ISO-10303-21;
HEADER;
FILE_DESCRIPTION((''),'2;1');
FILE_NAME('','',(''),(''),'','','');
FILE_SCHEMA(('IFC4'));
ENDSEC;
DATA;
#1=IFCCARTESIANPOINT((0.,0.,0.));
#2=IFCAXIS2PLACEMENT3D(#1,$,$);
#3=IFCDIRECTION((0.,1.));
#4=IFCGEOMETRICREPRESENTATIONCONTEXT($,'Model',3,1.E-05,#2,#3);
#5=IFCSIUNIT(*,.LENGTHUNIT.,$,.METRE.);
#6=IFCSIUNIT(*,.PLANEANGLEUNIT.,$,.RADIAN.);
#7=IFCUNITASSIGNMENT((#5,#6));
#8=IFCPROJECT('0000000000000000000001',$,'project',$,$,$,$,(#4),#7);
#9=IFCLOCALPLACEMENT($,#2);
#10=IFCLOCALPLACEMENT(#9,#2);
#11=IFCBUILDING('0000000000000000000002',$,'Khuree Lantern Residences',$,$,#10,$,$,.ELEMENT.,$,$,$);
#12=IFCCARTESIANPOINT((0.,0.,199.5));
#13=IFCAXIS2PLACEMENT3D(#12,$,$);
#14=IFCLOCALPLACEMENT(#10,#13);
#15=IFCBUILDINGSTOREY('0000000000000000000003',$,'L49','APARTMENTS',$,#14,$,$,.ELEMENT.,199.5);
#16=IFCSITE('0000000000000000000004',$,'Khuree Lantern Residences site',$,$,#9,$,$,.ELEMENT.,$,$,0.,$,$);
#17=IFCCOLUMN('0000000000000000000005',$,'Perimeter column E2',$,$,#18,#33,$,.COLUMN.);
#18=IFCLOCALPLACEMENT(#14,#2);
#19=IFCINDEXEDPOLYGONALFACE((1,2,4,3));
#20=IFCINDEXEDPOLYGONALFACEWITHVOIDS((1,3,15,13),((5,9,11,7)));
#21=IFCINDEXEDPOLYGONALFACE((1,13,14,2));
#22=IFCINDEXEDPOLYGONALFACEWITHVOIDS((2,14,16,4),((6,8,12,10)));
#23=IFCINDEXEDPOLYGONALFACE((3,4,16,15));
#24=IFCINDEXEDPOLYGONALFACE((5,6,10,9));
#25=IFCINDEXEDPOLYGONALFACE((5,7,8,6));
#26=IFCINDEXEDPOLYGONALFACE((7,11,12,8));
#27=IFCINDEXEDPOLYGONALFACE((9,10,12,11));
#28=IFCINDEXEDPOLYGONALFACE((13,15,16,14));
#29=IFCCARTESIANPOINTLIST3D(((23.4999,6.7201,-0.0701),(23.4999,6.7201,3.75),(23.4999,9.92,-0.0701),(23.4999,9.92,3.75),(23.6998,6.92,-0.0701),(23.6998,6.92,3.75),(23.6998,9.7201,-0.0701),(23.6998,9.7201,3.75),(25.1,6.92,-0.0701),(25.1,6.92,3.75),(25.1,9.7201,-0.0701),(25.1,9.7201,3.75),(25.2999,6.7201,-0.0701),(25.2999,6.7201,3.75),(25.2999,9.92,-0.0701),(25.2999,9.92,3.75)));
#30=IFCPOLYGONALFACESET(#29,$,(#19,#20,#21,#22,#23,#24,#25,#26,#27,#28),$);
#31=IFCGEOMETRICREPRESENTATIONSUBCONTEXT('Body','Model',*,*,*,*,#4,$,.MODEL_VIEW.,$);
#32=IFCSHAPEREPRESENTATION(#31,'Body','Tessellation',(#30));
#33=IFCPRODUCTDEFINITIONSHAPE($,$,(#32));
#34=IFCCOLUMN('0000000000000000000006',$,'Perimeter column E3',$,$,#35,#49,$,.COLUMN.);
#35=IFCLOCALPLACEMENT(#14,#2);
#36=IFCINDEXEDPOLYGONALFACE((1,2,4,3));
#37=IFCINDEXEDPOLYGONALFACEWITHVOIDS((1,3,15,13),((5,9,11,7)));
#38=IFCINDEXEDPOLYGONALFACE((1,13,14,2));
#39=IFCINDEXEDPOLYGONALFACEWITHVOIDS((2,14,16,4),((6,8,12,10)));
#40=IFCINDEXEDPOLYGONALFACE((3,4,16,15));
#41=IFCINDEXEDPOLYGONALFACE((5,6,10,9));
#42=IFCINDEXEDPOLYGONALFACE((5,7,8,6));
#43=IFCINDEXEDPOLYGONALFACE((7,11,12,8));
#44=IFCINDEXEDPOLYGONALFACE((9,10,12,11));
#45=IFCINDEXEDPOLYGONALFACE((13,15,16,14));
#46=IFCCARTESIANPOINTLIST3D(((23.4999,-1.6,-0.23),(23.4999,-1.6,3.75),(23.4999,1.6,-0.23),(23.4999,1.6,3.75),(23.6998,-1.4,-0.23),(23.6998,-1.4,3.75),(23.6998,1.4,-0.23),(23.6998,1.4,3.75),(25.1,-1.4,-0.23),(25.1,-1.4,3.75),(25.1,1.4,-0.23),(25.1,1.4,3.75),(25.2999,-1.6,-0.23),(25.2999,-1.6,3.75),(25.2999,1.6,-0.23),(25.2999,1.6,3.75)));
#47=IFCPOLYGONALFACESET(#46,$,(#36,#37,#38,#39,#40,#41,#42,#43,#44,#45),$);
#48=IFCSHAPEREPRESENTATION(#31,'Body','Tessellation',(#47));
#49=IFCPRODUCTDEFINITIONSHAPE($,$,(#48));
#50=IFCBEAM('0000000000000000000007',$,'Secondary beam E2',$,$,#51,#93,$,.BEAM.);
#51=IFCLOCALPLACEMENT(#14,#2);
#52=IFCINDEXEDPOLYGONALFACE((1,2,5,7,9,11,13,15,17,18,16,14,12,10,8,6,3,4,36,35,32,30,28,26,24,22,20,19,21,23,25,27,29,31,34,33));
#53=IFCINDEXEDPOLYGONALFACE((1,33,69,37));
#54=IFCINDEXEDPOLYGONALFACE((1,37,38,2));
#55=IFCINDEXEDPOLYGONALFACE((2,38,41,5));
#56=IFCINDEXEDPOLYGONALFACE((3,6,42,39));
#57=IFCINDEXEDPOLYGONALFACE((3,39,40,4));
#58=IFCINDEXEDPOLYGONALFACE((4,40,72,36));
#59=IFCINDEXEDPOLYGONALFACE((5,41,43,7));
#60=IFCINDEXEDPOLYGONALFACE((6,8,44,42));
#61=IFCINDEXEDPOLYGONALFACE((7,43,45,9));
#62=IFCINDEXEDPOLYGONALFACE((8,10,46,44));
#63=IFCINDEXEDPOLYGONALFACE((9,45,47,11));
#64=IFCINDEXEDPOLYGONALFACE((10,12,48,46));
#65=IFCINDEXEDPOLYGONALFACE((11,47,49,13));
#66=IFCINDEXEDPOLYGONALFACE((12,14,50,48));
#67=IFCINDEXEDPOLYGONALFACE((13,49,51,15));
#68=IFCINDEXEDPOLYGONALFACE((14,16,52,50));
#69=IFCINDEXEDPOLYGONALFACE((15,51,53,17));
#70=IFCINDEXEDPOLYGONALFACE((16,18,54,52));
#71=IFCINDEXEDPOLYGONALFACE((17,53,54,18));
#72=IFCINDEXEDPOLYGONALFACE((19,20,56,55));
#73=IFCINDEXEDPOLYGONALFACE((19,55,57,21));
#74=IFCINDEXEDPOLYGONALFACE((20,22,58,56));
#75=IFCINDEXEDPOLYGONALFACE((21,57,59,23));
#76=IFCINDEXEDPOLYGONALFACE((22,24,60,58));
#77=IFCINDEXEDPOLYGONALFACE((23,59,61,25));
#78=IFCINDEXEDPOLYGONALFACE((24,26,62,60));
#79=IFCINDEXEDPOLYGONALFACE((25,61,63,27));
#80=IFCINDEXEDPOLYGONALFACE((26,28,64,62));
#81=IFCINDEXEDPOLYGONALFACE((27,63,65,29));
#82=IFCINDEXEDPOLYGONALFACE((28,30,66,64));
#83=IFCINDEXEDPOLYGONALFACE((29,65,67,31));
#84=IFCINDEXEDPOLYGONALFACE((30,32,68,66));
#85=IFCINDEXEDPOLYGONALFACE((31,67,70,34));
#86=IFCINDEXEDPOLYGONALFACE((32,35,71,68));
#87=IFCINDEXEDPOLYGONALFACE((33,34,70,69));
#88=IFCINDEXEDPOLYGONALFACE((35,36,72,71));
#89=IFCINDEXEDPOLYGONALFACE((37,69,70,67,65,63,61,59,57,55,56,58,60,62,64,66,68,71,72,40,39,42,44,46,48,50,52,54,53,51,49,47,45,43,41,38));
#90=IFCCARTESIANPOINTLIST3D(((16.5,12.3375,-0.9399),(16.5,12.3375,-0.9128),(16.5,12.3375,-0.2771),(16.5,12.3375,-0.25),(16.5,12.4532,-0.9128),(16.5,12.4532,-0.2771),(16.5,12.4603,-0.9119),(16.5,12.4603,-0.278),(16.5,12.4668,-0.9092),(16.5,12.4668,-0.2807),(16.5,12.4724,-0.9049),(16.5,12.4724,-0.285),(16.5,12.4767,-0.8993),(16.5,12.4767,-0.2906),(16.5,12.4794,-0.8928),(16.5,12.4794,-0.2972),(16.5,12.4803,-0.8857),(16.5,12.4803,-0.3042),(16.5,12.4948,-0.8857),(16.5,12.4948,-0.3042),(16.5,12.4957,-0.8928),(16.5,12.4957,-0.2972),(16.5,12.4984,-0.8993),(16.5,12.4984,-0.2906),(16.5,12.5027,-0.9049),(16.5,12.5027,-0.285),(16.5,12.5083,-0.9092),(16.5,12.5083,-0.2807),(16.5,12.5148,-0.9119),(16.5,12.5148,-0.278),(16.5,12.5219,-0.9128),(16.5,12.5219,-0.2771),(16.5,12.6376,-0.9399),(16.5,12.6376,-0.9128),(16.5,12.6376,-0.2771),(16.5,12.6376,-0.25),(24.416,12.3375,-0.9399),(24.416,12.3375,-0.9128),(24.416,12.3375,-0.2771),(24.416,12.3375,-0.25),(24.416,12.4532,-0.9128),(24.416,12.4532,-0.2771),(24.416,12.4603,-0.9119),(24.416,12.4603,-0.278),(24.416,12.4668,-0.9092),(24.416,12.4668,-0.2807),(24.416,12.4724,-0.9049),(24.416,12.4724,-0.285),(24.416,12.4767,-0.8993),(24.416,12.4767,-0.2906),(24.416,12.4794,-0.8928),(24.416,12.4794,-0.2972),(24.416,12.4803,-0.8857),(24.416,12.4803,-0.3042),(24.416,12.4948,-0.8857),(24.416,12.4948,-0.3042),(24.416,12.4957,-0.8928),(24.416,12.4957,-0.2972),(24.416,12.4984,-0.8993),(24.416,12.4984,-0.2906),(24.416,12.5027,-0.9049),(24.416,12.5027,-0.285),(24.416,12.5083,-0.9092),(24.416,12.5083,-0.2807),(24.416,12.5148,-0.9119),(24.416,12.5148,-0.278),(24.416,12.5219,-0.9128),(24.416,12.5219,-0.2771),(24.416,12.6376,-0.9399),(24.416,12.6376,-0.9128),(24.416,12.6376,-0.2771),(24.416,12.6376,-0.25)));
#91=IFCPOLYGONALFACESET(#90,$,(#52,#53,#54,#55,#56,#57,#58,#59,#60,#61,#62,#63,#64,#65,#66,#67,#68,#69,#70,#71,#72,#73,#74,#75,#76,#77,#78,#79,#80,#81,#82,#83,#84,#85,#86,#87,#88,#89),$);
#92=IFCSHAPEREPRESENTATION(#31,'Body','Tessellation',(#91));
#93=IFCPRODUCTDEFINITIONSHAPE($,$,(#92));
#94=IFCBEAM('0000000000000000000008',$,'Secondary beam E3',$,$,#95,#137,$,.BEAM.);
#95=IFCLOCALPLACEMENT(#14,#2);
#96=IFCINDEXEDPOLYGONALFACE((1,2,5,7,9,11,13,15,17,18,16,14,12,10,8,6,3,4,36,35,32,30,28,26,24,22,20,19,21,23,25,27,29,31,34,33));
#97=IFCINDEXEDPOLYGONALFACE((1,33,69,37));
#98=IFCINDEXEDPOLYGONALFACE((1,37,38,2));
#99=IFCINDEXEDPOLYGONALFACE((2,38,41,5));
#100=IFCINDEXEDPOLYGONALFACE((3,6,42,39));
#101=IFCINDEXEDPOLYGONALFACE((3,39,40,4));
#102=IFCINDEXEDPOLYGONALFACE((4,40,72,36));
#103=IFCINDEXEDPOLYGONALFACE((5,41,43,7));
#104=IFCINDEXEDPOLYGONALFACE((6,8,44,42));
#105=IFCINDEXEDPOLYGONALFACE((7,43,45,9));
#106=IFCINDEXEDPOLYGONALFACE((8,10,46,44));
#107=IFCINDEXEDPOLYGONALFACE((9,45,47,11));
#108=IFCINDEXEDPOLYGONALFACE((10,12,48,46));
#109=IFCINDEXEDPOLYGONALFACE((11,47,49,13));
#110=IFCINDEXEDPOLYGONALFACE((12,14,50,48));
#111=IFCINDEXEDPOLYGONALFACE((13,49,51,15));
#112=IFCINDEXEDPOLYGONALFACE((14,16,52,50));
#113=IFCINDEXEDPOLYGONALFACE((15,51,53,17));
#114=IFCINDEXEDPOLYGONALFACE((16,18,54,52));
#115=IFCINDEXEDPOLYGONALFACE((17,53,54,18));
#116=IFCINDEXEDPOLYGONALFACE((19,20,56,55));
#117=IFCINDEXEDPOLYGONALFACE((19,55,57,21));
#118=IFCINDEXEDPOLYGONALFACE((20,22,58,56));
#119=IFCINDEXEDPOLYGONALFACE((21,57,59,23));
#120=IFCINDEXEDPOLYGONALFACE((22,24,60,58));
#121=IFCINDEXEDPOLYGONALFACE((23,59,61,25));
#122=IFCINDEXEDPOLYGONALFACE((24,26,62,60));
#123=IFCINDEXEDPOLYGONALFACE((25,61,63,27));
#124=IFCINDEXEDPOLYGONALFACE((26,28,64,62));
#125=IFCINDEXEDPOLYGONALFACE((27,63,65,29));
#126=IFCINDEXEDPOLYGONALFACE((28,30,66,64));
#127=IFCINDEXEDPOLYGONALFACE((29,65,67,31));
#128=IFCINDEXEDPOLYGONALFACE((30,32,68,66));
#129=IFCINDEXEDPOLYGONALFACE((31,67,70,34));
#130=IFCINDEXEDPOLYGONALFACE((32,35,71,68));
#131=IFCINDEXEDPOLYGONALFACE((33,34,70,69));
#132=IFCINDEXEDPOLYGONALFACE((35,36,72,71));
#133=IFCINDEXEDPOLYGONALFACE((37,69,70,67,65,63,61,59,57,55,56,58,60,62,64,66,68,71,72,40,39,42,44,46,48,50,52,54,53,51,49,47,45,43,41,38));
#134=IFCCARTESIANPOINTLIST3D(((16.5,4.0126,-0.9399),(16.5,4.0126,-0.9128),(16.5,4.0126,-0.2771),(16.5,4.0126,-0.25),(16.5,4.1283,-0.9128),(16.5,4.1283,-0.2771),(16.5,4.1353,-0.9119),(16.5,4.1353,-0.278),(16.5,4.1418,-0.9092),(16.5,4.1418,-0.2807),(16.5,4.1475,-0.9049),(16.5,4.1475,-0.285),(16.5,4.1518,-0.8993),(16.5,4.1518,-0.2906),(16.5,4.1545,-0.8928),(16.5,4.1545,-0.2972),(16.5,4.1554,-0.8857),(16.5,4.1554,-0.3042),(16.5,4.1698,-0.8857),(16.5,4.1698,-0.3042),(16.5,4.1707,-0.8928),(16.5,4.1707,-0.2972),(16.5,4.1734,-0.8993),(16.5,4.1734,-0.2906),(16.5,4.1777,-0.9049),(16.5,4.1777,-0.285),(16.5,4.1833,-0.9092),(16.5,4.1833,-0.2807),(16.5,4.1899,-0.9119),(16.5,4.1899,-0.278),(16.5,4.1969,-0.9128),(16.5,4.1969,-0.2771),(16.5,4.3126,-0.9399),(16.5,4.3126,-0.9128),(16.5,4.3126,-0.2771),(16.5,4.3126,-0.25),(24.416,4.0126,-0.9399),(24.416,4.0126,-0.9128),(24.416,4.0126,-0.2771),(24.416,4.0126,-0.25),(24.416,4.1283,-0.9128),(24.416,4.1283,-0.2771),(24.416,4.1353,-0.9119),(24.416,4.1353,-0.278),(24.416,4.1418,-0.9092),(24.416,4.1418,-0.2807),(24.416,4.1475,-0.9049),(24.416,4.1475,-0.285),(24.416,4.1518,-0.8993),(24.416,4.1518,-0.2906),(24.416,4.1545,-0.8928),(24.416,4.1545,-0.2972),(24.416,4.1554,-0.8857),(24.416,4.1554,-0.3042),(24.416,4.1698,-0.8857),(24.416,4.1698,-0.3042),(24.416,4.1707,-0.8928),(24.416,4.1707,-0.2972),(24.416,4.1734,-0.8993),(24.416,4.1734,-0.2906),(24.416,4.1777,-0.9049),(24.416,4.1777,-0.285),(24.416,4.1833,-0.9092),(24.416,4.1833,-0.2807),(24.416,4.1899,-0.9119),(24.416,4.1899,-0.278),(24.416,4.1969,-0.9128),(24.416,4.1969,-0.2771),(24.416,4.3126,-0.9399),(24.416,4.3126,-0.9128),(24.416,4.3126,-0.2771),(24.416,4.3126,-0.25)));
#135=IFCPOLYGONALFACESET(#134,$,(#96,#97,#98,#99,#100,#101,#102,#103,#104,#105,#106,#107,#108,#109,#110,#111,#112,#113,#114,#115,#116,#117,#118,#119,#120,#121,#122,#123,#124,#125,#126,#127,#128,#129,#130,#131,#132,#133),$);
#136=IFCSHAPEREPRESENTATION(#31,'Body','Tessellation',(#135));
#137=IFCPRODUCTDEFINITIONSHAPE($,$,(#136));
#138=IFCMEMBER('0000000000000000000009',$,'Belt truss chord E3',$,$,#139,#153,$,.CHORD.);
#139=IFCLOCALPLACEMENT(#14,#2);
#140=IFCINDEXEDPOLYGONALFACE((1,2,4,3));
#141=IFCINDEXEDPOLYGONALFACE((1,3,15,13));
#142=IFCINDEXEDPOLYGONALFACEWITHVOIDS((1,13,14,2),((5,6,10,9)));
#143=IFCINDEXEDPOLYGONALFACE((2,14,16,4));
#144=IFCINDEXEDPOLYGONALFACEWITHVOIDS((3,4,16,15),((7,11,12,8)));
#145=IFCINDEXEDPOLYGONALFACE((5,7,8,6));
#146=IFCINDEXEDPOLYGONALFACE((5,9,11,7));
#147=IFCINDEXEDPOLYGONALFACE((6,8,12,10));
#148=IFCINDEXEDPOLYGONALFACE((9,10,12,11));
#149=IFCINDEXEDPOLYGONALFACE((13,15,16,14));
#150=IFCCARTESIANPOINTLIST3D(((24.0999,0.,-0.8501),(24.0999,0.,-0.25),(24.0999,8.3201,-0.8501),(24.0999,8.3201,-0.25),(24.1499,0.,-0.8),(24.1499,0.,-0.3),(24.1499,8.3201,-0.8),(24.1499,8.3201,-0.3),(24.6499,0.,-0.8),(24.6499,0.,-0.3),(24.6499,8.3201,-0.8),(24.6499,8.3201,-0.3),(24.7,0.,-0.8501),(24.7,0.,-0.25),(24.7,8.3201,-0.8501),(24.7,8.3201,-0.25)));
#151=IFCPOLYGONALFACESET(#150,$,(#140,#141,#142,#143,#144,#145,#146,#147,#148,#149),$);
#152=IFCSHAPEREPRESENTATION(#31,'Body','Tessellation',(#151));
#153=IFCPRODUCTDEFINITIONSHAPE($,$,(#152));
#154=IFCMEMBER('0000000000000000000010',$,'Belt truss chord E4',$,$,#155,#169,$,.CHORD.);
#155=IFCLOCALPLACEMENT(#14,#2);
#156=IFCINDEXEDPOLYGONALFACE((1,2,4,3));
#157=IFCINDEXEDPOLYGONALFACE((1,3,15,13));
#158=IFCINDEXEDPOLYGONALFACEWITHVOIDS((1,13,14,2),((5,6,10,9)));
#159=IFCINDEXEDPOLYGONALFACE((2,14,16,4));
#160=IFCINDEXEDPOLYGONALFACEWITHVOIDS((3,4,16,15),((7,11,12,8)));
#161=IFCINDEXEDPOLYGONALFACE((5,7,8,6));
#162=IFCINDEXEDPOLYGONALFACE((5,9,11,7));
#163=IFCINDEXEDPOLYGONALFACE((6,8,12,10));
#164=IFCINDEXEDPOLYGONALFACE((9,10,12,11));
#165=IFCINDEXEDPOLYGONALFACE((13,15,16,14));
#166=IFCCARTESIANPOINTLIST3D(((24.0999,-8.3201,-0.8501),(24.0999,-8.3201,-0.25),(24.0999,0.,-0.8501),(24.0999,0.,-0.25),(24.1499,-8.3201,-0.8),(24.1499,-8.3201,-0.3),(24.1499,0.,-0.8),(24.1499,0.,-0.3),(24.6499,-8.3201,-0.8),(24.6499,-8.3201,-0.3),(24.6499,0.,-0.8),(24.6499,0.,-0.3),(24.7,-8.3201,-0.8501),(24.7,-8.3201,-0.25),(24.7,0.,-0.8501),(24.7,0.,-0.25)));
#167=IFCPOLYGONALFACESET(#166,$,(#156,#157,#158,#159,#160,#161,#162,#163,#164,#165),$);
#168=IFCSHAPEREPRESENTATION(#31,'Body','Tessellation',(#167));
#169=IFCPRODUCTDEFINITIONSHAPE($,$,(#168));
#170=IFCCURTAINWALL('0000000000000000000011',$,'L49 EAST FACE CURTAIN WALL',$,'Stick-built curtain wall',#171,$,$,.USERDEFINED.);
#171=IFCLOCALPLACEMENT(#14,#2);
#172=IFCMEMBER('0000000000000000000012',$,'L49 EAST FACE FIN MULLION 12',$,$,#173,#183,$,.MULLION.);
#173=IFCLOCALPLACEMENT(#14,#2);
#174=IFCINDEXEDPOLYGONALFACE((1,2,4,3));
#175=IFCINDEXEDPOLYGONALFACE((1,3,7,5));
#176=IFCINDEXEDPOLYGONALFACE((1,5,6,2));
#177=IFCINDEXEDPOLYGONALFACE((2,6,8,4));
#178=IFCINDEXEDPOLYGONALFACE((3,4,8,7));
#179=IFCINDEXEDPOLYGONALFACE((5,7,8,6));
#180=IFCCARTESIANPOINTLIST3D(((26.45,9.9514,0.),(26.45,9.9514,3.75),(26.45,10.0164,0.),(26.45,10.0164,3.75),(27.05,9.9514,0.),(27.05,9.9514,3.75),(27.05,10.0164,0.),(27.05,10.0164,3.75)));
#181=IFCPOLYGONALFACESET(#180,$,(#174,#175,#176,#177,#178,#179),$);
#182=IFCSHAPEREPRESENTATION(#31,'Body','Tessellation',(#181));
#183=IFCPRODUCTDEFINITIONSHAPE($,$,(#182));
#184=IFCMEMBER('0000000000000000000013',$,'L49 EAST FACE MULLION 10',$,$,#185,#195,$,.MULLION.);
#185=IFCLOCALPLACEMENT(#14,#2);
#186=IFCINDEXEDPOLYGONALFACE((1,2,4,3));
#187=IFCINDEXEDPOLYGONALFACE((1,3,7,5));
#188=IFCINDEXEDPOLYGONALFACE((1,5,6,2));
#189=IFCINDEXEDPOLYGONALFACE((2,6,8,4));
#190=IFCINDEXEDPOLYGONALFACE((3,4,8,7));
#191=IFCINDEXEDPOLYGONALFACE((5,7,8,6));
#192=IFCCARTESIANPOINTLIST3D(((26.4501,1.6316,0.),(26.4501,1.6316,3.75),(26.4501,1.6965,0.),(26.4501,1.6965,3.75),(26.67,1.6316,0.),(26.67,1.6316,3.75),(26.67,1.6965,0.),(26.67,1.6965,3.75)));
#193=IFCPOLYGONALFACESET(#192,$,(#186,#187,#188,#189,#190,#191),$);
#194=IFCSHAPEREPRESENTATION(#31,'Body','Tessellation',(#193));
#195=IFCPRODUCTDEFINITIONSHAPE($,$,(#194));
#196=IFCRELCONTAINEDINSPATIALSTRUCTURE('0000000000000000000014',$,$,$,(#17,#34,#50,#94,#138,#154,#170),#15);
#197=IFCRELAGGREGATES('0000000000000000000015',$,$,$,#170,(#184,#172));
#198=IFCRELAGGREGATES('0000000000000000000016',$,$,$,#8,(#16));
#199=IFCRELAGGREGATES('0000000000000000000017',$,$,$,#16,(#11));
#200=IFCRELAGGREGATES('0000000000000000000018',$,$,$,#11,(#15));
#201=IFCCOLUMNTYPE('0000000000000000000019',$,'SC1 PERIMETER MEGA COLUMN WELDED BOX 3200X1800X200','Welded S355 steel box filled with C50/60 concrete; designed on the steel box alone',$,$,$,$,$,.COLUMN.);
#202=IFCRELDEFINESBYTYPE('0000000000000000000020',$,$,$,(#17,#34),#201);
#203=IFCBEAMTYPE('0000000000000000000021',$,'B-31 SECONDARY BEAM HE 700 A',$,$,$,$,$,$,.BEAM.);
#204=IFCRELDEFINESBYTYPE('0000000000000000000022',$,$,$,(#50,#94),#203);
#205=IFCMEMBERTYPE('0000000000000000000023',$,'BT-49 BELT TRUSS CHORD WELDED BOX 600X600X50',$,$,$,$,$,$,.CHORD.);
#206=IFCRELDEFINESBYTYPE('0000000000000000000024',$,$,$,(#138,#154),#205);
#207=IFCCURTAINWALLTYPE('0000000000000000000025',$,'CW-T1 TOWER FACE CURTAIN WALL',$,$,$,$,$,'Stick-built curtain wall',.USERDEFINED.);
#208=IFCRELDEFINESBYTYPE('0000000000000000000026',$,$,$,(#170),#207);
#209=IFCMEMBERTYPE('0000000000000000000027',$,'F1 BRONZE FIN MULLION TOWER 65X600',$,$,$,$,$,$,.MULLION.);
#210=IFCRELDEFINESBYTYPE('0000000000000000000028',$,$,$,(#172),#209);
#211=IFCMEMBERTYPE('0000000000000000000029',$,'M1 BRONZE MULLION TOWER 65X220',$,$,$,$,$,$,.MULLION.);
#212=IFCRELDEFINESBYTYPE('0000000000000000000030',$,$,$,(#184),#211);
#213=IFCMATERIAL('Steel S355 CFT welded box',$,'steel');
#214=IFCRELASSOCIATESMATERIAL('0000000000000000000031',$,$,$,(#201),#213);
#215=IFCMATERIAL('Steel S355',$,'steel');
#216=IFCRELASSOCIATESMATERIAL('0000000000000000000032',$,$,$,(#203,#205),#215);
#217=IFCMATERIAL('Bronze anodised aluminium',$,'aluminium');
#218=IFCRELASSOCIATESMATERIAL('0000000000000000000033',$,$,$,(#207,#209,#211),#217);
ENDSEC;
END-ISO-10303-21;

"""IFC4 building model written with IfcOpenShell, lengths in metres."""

from ifc_helpers import new_model, si_unit, direction, frame, origin, origin_2d, place, context, subcontext, project, spatial, rectangle, hollow_rectangle, i_section, extrude, material, material_profile, profile_set, type_object, element, aggregate, save


model = new_model("IFC4")

# Units and contexts
model_context = context("Model", 3, precision=1e-05, world=origin(), true_north=direction((0.0, 1.0)))
body_context = subcontext(model_context, "Body", "Model", "MODEL_VIEW")
ifc_project = project(units=[si_unit("LENGTHUNIT", "METRE"), si_unit("PLANEANGLEUNIT", "RADIAN")], contexts=[model_context])

# Site, building, storey
site_placement = place(None, origin())
site = spatial("IfcSite", under=ifc_project, at=site_placement, Name="Khuree Lantern Residences site", CompositionType="ELEMENT", RefElevation=0.0)
building_placement = place(site_placement, origin())
building = spatial("IfcBuilding", under=site, at=building_placement, Name="Khuree Lantern Residences", CompositionType="ELEMENT")
storey_placement = place(building_placement, frame((0.0, 0.0, 199.5)))
storey = spatial("IfcBuildingStorey", under=building, at=storey_placement, Name="L49", Description="APARTMENTS", CompositionType="ELEMENT", Elevation=199.5)

# Columns
ifc_material_1 = material(Name="Steel S355 CFT welded box", Category="steel")
ifc_material_profile_1 = material_profile(ifc_material_1, hollow_rectangle(XDim=3.2, YDim=1.8, WallThickness=0.2, at=origin_2d()), Name="WELDED BOX 3200X1800X200")
ifc_profile_set_1 = profile_set([ifc_material_profile_1], Name="Steel S355 CFT welded box")
column_type = type_object("IfcColumnType", Name="SC1 PERIMETER MEGA COLUMN WELDED BOX 3200X1800X200", Description="Welded S355 steel box filled with C50/60 concrete; designed on the steel box alone", PredefinedType="COLUMN", material=ifc_profile_set_1)
column_1_placement = place(storey_placement, frame((24.3999, 8.3201, -0.0701), z_axis=(0.0, 0.0, 1.0), x_axis=(0.0, 1.0, 0.0)))
element("IfcColumn", 1, at=column_1_placement, inside=storey, type_object=column_type, Name="Perimeter column E2", PredefinedType="COLUMN", context=body_context, shape_type="SweptSolid", body=[
    extrude(hollow_rectangle(XDim=3.2, YDim=1.8, WallThickness=0.2, at=origin_2d()), origin(), (0.0, 0.0, 1.0), 3.8201),
])
column_2_placement = place(storey_placement, frame((24.3999, 0.0, -0.23), z_axis=(0.0, 0.0, 1.0), x_axis=(0.0, 1.0, 0.0)))
element("IfcColumn", 2, at=column_2_placement, inside=storey, type_object=column_type, Name="Perimeter column E3", PredefinedType="COLUMN", context=body_context, shape_type="SweptSolid", body=[
    extrude(hollow_rectangle(XDim=3.2, YDim=1.8, WallThickness=0.2, at=origin_2d()), origin(), (0.0, 0.0, 1.0), 3.98),
])

# Beams
ifc_material_2 = material(Name="Steel S355", Category="steel")
ifc_material_profile_2 = material_profile(ifc_material_2, i_section(OverallWidth=0.3, OverallDepth=0.6899, WebThickness=0.0144, FlangeThickness=0.0271, FilletRadius=0.0271, at=origin_2d()), Name="HE 700 A")
ifc_profile_set_2 = profile_set([ifc_material_profile_2], Name="Steel S355")
beam_type_1 = type_object("IfcBeamType", Name="B-31 SECONDARY BEAM HE 700 A", PredefinedType="BEAM", material=ifc_profile_set_2)
for number, where, z_axis, x_axis, name in (
    (3, (24.416, 12.4875, -0.595), (-1.0, 0.0, 0.0), (0.0, -1.0, 0.0), "Secondary beam E2"),
    (4, (24.416, 4.1626, -0.595), (-1.0, 0.0, 0.0), (0.0, -1.0, 0.0), "Secondary beam E3"),
):
    element("IfcBeam", number, at=place(storey_placement, frame(where, z_axis=z_axis, x_axis=x_axis)), inside=storey, type_object=beam_type_1, Name=name, PredefinedType="BEAM", context=body_context, shape_type="SweptSolid", body=[
        extrude(i_section(OverallWidth=0.3, OverallDepth=0.6899, WebThickness=0.0144, FlangeThickness=0.0271, FilletRadius=0.0271, at=origin_2d()), origin(), (0.0, 0.0, 1.0), 7.916),
    ])

# Members
ifc_material_profile_3 = material_profile(ifc_material_2, hollow_rectangle(XDim=0.6001, YDim=0.6001, WallThickness=0.05, at=origin_2d()), Name="WELDED BOX 600X600X50")
ifc_profile_set_3 = profile_set([ifc_material_profile_3], Name="Steel S355")
member_type_1 = type_object("IfcMemberType", Name="BT-49 BELT TRUSS CHORD WELDED BOX 600X600X50", PredefinedType="CHORD", material=ifc_profile_set_3)
for number, where, z_axis, x_axis, name in (
    (5, (24.3999, 8.3201, -0.55), (0.0, -1.0, 0.0), (1.0, 0.0, 0.0), "Belt truss chord E3"),
    (6, (24.3999, 0.0, -0.55), (0.0, -1.0, 0.0), (1.0, 0.0, 0.0), "Belt truss chord E4"),
):
    element("IfcMember", number, at=place(storey_placement, frame(where, z_axis=z_axis, x_axis=x_axis)), inside=storey, type_object=member_type_1, Name=name, PredefinedType="CHORD", context=body_context, shape_type="SweptSolid", body=[
        extrude(hollow_rectangle(XDim=0.6001, YDim=0.6001, WallThickness=0.05, at=origin_2d()), origin(), (0.0, 0.0, 1.0), 8.3201),
    ])

# Curtain wall, members
ifc_material_3 = material(Name="Bronze anodised aluminium", Category="aluminium")
curtain_wall_type = type_object("IfcCurtainWallType", Name="CW-T1 TOWER FACE CURTAIN WALL", ElementType="Stick-built curtain wall", PredefinedType="USERDEFINED", material=ifc_material_3)
curtain_wall_placement = place(storey_placement, origin())
curtain_wall = element("IfcCurtainWall", 7, at=curtain_wall_placement, inside=storey, type_object=curtain_wall_type, Name="L49 EAST FACE CURTAIN WALL", ObjectType="Stick-built curtain wall", PredefinedType="USERDEFINED")
ifc_material_profile_4 = material_profile(ifc_material_3, rectangle(XDim=0.0649, YDim=0.6001, at=origin_2d()), Name="F1 65X600")
ifc_profile_set_4 = profile_set([ifc_material_profile_4], Name="Bronze anodised aluminium")
member_type_2 = type_object("IfcMemberType", Name="F1 BRONZE FIN MULLION TOWER 65X600", PredefinedType="MULLION", material=ifc_profile_set_4)
member_1_placement = place(storey_placement, frame((26.75, 9.9839, 0.0), z_axis=(0.0, 0.0, 1.0), x_axis=(0.0, 1.0, 0.0)))
member_1 = element("IfcMember", 8, at=member_1_placement, type_object=member_type_2, Name="L49 EAST FACE FIN MULLION 12", PredefinedType="MULLION", context=body_context, shape_type="SweptSolid", body=[
    extrude(rectangle(XDim=0.0649, YDim=0.6001, at=origin_2d()), origin(), (0.0, 0.0, 1.0), 3.75),
])
ifc_material_profile_5 = material_profile(ifc_material_3, rectangle(XDim=0.0649, YDim=0.22, at=origin_2d()), Name="M1 65X220")
ifc_profile_set_5 = profile_set([ifc_material_profile_5], Name="Bronze anodised aluminium")
member_type_3 = type_object("IfcMemberType", Name="M1 BRONZE MULLION TOWER 65X220", PredefinedType="MULLION", material=ifc_profile_set_5)
member_2_placement = place(storey_placement, frame((26.5601, 1.6641, 0.0), z_axis=(0.0, 0.0, 1.0), x_axis=(0.0, 1.0, 0.0)))
member_2 = element("IfcMember", 9, at=member_2_placement, type_object=member_type_3, Name="L49 EAST FACE MULLION 10", PredefinedType="MULLION", context=body_context, shape_type="SweptSolid", body=[
    extrude(rectangle(XDim=0.0649, YDim=0.22, at=origin_2d()), origin(), (0.0, 0.0, 1.0), 3.75),
])

aggregate(curtain_wall, [member_2, member_1])

save(model, "model.ifc")
